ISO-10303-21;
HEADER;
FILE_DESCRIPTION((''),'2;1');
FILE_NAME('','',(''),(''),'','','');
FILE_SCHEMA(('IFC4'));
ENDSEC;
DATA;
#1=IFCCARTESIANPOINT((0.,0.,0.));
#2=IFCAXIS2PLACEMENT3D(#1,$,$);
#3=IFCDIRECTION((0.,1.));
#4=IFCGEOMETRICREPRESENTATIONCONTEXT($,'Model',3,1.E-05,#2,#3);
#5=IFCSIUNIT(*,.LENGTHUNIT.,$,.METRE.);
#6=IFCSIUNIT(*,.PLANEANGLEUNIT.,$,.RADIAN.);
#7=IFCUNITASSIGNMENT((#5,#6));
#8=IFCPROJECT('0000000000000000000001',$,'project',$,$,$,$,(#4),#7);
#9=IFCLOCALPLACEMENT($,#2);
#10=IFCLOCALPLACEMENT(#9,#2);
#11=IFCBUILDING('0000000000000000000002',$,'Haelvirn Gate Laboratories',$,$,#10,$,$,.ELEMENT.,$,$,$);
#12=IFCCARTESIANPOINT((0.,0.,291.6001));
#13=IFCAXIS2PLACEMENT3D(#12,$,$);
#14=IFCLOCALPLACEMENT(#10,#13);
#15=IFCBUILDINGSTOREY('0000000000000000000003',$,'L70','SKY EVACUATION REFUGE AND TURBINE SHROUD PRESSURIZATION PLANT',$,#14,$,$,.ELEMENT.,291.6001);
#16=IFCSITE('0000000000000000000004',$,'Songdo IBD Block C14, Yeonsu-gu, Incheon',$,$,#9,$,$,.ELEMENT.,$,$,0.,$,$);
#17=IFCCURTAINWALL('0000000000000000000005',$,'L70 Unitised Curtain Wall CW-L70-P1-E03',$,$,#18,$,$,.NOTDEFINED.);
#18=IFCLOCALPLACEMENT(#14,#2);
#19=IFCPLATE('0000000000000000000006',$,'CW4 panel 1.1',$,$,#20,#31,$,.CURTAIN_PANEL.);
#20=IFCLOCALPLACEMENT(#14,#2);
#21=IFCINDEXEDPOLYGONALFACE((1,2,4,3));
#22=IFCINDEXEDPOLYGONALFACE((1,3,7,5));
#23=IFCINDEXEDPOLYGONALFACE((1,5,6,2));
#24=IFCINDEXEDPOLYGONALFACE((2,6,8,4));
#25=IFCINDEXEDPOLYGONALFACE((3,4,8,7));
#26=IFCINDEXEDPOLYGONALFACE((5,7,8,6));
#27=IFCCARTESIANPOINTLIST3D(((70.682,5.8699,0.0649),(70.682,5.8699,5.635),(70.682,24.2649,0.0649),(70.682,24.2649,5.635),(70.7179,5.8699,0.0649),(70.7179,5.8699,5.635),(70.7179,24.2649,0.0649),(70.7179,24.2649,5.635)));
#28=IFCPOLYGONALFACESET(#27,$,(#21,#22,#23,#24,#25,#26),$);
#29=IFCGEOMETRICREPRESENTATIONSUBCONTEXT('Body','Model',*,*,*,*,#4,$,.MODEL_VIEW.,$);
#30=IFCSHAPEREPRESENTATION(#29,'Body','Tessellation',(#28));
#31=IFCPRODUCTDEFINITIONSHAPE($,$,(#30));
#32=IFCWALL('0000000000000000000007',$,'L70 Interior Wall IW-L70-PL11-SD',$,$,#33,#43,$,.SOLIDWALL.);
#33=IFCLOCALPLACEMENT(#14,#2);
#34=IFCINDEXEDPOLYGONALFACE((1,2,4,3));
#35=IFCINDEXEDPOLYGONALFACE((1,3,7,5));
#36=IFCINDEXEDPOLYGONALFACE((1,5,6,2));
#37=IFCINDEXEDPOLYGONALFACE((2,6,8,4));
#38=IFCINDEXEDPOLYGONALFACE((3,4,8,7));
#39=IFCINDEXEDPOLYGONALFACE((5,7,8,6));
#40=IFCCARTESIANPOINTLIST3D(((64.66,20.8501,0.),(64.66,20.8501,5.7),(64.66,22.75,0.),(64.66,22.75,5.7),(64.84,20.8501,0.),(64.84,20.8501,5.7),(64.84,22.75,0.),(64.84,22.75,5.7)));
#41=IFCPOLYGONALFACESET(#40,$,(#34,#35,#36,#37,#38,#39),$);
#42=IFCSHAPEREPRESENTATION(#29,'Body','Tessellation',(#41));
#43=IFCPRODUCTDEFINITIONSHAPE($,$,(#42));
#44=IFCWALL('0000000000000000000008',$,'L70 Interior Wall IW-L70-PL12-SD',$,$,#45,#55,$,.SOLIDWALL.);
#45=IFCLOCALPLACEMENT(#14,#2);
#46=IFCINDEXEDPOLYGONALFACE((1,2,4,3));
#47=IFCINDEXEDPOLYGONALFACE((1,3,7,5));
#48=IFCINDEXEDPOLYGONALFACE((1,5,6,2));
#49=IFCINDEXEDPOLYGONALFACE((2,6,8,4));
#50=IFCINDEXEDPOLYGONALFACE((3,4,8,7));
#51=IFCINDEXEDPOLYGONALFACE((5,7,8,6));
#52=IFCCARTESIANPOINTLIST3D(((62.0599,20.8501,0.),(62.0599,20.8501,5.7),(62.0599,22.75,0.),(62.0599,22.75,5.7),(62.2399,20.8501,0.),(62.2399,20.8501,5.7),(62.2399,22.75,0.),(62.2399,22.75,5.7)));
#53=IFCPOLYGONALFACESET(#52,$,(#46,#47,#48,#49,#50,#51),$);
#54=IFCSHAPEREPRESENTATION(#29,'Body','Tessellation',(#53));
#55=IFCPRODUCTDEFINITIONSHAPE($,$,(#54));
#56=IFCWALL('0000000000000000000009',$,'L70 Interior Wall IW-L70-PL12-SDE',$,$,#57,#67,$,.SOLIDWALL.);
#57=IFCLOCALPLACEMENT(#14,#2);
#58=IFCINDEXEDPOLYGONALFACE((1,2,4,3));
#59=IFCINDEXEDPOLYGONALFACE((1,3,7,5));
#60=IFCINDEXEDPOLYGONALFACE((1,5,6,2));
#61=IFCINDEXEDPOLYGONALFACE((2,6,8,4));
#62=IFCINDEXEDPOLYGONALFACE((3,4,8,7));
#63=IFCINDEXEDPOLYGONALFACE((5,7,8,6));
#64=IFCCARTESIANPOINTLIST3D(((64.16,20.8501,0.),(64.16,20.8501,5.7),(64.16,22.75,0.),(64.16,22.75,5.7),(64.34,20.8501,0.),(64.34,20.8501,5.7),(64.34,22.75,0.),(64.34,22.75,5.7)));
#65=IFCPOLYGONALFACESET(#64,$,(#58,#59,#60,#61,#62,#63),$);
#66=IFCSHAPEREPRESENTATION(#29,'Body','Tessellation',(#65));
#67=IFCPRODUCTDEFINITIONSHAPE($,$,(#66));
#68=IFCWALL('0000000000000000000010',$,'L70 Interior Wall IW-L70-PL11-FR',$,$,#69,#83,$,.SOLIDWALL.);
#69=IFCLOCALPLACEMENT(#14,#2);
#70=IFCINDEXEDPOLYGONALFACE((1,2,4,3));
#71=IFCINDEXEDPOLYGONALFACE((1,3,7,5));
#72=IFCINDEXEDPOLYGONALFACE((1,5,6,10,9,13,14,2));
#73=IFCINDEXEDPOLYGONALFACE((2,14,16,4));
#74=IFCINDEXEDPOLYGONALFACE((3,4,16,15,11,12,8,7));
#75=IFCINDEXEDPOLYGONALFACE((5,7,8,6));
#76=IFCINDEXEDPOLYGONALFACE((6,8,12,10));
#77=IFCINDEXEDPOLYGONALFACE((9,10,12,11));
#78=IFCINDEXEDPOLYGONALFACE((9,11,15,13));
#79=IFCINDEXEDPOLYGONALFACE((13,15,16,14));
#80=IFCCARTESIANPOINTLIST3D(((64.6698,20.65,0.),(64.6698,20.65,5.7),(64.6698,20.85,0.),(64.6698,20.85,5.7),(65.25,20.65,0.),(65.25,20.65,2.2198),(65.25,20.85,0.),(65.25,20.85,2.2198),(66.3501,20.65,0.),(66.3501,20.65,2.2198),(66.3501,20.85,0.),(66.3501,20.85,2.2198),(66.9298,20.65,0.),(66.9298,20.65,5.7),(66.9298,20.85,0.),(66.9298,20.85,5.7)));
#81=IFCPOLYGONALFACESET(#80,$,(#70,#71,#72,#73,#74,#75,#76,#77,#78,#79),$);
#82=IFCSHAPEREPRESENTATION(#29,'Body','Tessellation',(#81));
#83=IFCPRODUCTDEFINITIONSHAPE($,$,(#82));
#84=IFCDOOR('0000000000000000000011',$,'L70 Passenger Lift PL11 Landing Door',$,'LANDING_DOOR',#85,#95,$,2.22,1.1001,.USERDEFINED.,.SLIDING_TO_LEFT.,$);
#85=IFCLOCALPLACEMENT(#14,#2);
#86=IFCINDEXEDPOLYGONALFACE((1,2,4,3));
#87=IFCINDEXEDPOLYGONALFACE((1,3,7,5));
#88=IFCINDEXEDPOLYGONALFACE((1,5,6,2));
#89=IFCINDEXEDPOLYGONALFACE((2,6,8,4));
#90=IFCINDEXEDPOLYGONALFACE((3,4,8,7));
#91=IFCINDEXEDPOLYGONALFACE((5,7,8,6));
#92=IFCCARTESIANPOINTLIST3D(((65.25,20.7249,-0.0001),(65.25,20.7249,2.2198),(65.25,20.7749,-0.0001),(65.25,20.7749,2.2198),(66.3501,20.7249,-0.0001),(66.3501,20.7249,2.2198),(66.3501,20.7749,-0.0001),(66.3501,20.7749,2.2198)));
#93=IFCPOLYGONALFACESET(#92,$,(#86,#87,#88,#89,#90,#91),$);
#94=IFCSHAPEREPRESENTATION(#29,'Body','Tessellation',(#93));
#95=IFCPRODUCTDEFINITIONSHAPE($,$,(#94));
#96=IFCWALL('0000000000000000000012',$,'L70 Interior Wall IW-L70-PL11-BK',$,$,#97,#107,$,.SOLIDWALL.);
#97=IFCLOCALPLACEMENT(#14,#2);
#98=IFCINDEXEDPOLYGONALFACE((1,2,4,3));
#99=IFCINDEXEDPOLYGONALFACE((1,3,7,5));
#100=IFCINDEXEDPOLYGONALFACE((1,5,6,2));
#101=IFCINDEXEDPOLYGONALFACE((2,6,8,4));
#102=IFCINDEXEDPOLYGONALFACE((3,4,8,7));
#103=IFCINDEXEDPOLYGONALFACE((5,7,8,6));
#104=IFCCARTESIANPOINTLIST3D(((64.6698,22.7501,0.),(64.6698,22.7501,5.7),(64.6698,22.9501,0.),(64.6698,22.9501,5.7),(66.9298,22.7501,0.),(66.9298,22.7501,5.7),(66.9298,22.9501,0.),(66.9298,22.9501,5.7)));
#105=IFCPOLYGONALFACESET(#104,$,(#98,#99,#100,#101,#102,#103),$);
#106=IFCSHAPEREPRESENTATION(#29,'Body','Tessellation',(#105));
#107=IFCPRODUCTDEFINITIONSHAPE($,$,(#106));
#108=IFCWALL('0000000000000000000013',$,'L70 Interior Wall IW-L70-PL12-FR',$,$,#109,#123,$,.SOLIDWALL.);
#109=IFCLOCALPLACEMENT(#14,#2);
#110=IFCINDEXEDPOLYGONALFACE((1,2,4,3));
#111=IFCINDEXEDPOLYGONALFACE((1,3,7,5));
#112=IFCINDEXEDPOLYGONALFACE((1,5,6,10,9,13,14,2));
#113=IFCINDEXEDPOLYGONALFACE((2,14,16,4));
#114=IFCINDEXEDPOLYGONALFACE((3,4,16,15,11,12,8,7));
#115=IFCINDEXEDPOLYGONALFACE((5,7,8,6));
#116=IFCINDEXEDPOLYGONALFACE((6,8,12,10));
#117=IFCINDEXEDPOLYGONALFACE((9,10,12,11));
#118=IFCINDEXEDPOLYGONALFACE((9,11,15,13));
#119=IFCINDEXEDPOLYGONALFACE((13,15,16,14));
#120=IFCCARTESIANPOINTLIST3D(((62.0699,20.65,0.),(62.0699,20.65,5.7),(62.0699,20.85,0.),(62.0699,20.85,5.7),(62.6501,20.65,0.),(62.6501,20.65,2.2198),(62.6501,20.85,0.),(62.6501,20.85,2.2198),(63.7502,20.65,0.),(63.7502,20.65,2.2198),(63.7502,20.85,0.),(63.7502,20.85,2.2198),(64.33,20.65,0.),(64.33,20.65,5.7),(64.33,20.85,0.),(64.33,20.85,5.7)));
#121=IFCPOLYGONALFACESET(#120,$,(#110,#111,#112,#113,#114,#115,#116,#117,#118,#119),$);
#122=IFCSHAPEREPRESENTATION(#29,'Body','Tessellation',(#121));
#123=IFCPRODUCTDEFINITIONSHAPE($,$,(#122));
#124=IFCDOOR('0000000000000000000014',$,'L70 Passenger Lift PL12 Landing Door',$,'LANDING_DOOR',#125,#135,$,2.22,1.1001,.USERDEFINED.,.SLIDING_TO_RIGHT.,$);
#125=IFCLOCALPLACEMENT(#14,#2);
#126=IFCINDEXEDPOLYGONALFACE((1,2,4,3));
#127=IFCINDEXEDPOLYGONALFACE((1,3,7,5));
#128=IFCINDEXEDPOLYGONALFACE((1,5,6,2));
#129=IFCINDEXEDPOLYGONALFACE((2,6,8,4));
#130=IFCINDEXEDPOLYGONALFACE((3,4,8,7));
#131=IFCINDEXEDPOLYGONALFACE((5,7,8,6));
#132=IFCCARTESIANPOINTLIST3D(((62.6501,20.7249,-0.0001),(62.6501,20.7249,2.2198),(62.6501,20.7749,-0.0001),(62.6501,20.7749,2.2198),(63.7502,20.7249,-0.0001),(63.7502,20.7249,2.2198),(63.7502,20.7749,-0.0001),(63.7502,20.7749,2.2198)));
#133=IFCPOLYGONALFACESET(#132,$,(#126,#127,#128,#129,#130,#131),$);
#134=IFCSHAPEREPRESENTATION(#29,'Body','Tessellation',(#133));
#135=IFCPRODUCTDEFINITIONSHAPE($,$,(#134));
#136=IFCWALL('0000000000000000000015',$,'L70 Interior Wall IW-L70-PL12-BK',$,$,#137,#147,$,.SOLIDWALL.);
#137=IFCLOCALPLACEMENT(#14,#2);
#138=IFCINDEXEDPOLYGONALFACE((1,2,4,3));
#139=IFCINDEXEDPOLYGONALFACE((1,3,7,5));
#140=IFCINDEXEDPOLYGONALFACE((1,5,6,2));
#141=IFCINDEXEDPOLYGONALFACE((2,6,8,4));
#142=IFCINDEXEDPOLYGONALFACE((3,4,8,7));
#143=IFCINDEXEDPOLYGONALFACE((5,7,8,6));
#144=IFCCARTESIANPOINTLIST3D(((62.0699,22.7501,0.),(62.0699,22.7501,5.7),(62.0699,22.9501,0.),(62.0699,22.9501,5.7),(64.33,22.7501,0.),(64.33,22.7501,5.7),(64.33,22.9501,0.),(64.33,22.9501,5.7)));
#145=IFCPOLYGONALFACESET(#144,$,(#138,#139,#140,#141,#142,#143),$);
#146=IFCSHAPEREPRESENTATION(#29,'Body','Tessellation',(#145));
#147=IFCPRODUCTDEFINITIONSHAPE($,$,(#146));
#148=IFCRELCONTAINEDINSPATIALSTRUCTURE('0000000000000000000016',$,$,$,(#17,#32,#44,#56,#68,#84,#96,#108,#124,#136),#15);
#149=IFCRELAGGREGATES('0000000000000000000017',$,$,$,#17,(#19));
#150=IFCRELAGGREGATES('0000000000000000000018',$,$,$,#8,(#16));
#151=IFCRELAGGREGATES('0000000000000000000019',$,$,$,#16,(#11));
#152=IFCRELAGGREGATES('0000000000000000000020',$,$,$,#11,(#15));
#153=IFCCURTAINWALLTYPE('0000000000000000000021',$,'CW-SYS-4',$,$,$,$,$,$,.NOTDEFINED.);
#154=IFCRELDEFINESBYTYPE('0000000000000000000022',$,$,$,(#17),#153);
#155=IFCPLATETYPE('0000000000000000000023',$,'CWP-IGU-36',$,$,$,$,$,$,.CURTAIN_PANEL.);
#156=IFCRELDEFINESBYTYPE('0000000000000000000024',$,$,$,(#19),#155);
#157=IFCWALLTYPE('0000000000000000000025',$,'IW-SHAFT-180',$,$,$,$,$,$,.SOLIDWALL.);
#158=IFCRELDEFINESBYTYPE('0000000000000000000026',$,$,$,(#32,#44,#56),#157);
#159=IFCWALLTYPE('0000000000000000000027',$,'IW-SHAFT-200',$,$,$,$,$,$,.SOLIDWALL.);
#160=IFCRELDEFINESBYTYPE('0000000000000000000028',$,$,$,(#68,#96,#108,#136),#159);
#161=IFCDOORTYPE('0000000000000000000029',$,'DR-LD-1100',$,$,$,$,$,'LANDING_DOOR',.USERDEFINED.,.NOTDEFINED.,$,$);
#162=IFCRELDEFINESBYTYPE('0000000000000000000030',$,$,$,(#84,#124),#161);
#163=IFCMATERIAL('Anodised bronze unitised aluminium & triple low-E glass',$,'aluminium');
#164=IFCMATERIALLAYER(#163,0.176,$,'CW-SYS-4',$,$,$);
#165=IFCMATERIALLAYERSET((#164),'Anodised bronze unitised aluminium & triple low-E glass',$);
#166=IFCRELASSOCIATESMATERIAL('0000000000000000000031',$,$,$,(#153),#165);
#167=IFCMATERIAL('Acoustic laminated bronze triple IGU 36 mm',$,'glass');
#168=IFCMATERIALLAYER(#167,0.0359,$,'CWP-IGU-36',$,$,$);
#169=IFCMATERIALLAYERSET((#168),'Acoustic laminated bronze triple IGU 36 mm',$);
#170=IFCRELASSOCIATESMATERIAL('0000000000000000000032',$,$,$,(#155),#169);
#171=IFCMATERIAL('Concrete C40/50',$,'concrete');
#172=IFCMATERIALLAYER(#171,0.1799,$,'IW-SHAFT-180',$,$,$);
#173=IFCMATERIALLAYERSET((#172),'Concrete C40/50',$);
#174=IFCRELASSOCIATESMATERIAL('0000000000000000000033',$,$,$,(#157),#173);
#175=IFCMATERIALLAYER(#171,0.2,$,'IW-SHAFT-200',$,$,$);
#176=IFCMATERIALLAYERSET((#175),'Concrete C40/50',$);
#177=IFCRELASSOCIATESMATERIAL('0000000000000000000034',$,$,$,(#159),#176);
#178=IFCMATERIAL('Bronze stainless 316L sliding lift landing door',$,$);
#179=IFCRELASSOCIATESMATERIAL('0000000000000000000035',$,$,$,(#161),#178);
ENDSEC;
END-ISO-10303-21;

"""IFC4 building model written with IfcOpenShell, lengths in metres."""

from ifc_helpers import new_model, si_unit, direction, frame, frame_2d, origin, origin_2d, place, context, subcontext, project, spatial, rectangle, extrude, source, transform, mapped, material, layer, layer_set, type_object, type_shapes, element, fill, aggregate, save


model = new_model("IFC4")

# Units and contexts
model_context = context("Model", 3, precision=1e-05, world=origin(), true_north=direction((0.0, 1.0)))
body_context = subcontext(model_context, "Body", "Model", "MODEL_VIEW")
ifc_project = project(units=[si_unit("LENGTHUNIT", "METRE"), si_unit("PLANEANGLEUNIT", "RADIAN")], contexts=[model_context])

# Site, building, storey
site_placement = place(None, origin())
site = spatial("IfcSite", under=ifc_project, at=site_placement, Name="Songdo IBD Block C14, Yeonsu-gu, Incheon", CompositionType="ELEMENT", RefElevation=0.0)
building_placement = place(site_placement, origin())
building = spatial("IfcBuilding", under=site, at=building_placement, Name="Haelvirn Gate Laboratories", CompositionType="ELEMENT")
storey_placement = place(building_placement, frame((0.0, 0.0, 291.6001)))
storey = spatial("IfcBuildingStorey", under=building, at=storey_placement, Name="L70", Description="SKY EVACUATION REFUGE AND TURBINE SHROUD PRESSURIZATION PLANT", CompositionType="ELEMENT", Elevation=291.6001)

# Curtain wall, plate
ifc_material_1 = material(Name="Anodised bronze unitised aluminium & triple low-E glass", Category="aluminium")
ifc_layer_1 = layer(ifc_material_1, 0.176, Name="CW-SYS-4")
ifc_layer_set_1 = layer_set([ifc_layer_1], Name="Anodised bronze unitised aluminium & triple low-E glass")
curtain_wall_type = type_object("IfcCurtainWallType", Name="CW-SYS-4", PredefinedType="NOTDEFINED", material=ifc_layer_set_1)
curtain_wall_placement = place(storey_placement, origin())
curtain_wall = element("IfcCurtainWall", 1, at=curtain_wall_placement, inside=storey, type_object=curtain_wall_type, Name="L70 Unitised Curtain Wall CW-L70-P1-E03", PredefinedType="NOTDEFINED")
ifc_material_2 = material(Name="Acoustic laminated bronze triple IGU 36 mm", Category="glass")
ifc_layer_2 = layer(ifc_material_2, 0.0359, Name="CWP-IGU-36")
ifc_layer_set_2 = layer_set([ifc_layer_2], Name="Acoustic laminated bronze triple IGU 36 mm")
plate_type = type_object("IfcPlateType", Name="CWP-IGU-36", PredefinedType="CURTAIN_PANEL", material=ifc_layer_set_2)
shared_shape_1 = source(origin(), body_context, "Body", "SweptSolid", [
    extrude(rectangle(XDim=18.395, YDim=0.0359, at=origin_2d()), origin(), (0.0, 0.0, 1.0), 5.5701),
])
type_shapes(plate_type, [shared_shape_1])
plate_placement = place(storey_placement, frame((70.7, 15.0674, 0.0649), z_axis=(0.0, 0.0, 1.0), x_axis=(0.0, 1.0, 0.0)))
plate = element("IfcPlate", 2, at=plate_placement, type_object=plate_type, Name="CW4 panel 1.1", PredefinedType="CURTAIN_PANEL", context=body_context, shape_type="MappedRepresentation", body=[
    mapped(shared_shape_1, transform((0.0, 0.0, 0.0), scale=1.0)),
])
aggregate(curtain_wall, [plate])

# Walls
ifc_material_3 = material(Name="Concrete C40/50", Category="concrete")
ifc_layer_3 = layer(ifc_material_3, 0.1799, Name="IW-SHAFT-180")
ifc_layer_set_3 = layer_set([ifc_layer_3], Name="Concrete C40/50")
wall_type_1 = type_object("IfcWallType", Name="IW-SHAFT-180", PredefinedType="SOLIDWALL", material=ifc_layer_set_3)
for number, where, z_axis, x_axis, name in (
    (3, (64.75, 20.8501, 0.0), (0.0, 0.0, 1.0), (0.0, 1.0, 0.0), "L70 Interior Wall IW-L70-PL11-SD"),
    (4, (62.1499, 20.8501, 0.0), (0.0, 0.0, 1.0), (0.0, 1.0, 0.0), "L70 Interior Wall IW-L70-PL12-SD"),
    (5, (64.25, 20.8501, 0.0), (0.0, 0.0, 1.0), (0.0, 1.0, 0.0), "L70 Interior Wall IW-L70-PL12-SDE"),
):
    element("IfcWall", number, at=place(storey_placement, frame(where, z_axis=z_axis, x_axis=x_axis)), inside=storey, type_object=wall_type_1, Name=name, PredefinedType="SOLIDWALL", context=body_context, shape_type="SweptSolid", body=[
        extrude(rectangle(XDim=1.8999, YDim=0.1799, at=frame_2d((0.95, 0.0))), origin(), (0.0, 0.0, 1.0), 5.7),
    ])

# Wall, opening, door
ifc_layer_4 = layer(ifc_material_3, 0.2, Name="IW-SHAFT-200")
ifc_layer_set_4 = layer_set([ifc_layer_4], Name="Concrete C40/50")
wall_type_2 = type_object("IfcWallType", Name="IW-SHAFT-200", PredefinedType="SOLIDWALL", material=ifc_layer_set_4)
wall_1_placement = place(storey_placement, frame((64.6699, 20.75, 0.0), z_axis=(0.0, 0.0, 1.0), x_axis=(1.0, 0.0, 0.0)))
wall_1 = element("IfcWall", 6, at=wall_1_placement, inside=storey, type_object=wall_type_2, Name="L70 Interior Wall IW-L70-PL11-FR", PredefinedType="SOLIDWALL", context=body_context, shape_type="SweptSolid", body=[
    extrude(rectangle(XDim=2.26, YDim=0.2, at=frame_2d((1.1299, 0.0))), origin(), (0.0, 0.0, 1.0), 5.7),
])
opening_1_placement = place(wall_1_placement, frame((0.5801, 0.0, 0.0)))
opening_1 = element("IfcOpeningElement", 7, at=opening_1_placement, cuts=wall_1, PredefinedType="OPENING", context=body_context, shape_type="SweptSolid", body=[
    extrude(rectangle(XDim=1.1001, YDim=2.22, at=frame_2d((0.55, 1.1099))), frame((0.0, 0.1099, 0.0), z_axis=(0.0, -1.0, 0.0), x_axis=(1.0, 0.0, 0.0)), (0.0, 0.0, 1.0), 0.22),
])
ifc_material_4 = material(Name="Bronze stainless 316L sliding lift landing door")
door_type_1 = type_object("IfcDoorType", Name="DR-LD-1100", ElementType="LANDING_DOOR", OperationType="NOTDEFINED", PredefinedType="USERDEFINED", material=ifc_material_4)
shared_shape_2 = source(origin(), body_context, "Body", "SweptSolid", [
    extrude(rectangle(XDim=1.1001, YDim=2.22, at=frame_2d((0.55, 1.1099))), frame((0.0, 0.0249, 0.0), z_axis=(0.0, -1.0, 0.0), x_axis=(1.0, 0.0, 0.0)), (0.0, 0.0, 1.0), 0.05),
])
type_shapes(door_type_1, [shared_shape_2])
door_1_placement = place(opening_1_placement, origin())
door_1 = element("IfcDoor", 8, at=door_1_placement, inside=storey, type_object=door_type_1, Name="L70 Passenger Lift PL11 Landing Door", ObjectType="LANDING_DOOR", OperationType="SLIDING_TO_LEFT", OverallHeight=2.22, OverallWidth=1.1001, PredefinedType="USERDEFINED", context=body_context, shape_type="MappedRepresentation", body=[
    mapped(shared_shape_2, transform((0.0, 0.0, 0.0), scale=1.0)),
])
fill(opening_1, door_1)

# Wall
wall_2_placement = place(storey_placement, frame((64.6699, 22.8501, 0.0), z_axis=(0.0, 0.0, 1.0), x_axis=(1.0, 0.0, 0.0)))
element("IfcWall", 9, at=wall_2_placement, inside=storey, type_object=wall_type_2, Name="L70 Interior Wall IW-L70-PL11-BK", PredefinedType="SOLIDWALL", context=body_context, shape_type="SweptSolid", body=[
    extrude(rectangle(XDim=2.26, YDim=0.2, at=frame_2d((1.1299, 0.0))), origin(), (0.0, 0.0, 1.0), 5.7),
])

# Wall, opening, door
wall_3_placement = place(storey_placement, frame((62.0701, 20.75, 0.0), z_axis=(0.0, 0.0, 1.0), x_axis=(1.0, 0.0, 0.0)))
wall_3 = element("IfcWall", 10, at=wall_3_placement, inside=storey, type_object=wall_type_2, Name="L70 Interior Wall IW-L70-PL12-FR", PredefinedType="SOLIDWALL", context=body_context, shape_type="SweptSolid", body=[
    extrude(rectangle(XDim=2.26, YDim=0.2, at=frame_2d((1.1299, 0.0))), origin(), (0.0, 0.0, 1.0), 5.7),
])
opening_2_placement = place(wall_3_placement, frame((0.5801, 0.0, 0.0)))
opening_2 = element("IfcOpeningElement", 11, at=opening_2_placement, cuts=wall_3, PredefinedType="OPENING", context=body_context, shape_type="SweptSolid", body=[
    extrude(rectangle(XDim=1.1001, YDim=2.22, at=frame_2d((0.55, 1.1099))), frame((0.0, 0.1099, 0.0), z_axis=(0.0, -1.0, 0.0), x_axis=(1.0, 0.0, 0.0)), (0.0, 0.0, 1.0), 0.22),
])
door_2_placement = place(opening_2_placement, origin())
door_2 = element("IfcDoor", 12, at=door_2_placement, inside=storey, type_object=door_type_1, Name="L70 Passenger Lift PL12 Landing Door", ObjectType="LANDING_DOOR", OperationType="SLIDING_TO_RIGHT", OverallHeight=2.22, OverallWidth=1.1001, PredefinedType="USERDEFINED", context=body_context, shape_type="MappedRepresentation", body=[
    mapped(shared_shape_2, transform((0.0, 0.0, 0.0), scale=1.0)),
])
fill(opening_2, door_2)

# Wall
wall_4_placement = place(storey_placement, frame((62.0701, 22.8501, 0.0), z_axis=(0.0, 0.0, 1.0), x_axis=(1.0, 0.0, 0.0)))
element("IfcWall", 13, at=wall_4_placement, inside=storey, type_object=wall_type_2, Name="L70 Interior Wall IW-L70-PL12-BK", PredefinedType="SOLIDWALL", context=body_context, shape_type="SweptSolid", body=[
    extrude(rectangle(XDim=2.26, YDim=0.2, at=frame_2d((1.1299, 0.0))), origin(), (0.0, 0.0, 1.0), 5.7),
])

save(model, "model.ifc")
